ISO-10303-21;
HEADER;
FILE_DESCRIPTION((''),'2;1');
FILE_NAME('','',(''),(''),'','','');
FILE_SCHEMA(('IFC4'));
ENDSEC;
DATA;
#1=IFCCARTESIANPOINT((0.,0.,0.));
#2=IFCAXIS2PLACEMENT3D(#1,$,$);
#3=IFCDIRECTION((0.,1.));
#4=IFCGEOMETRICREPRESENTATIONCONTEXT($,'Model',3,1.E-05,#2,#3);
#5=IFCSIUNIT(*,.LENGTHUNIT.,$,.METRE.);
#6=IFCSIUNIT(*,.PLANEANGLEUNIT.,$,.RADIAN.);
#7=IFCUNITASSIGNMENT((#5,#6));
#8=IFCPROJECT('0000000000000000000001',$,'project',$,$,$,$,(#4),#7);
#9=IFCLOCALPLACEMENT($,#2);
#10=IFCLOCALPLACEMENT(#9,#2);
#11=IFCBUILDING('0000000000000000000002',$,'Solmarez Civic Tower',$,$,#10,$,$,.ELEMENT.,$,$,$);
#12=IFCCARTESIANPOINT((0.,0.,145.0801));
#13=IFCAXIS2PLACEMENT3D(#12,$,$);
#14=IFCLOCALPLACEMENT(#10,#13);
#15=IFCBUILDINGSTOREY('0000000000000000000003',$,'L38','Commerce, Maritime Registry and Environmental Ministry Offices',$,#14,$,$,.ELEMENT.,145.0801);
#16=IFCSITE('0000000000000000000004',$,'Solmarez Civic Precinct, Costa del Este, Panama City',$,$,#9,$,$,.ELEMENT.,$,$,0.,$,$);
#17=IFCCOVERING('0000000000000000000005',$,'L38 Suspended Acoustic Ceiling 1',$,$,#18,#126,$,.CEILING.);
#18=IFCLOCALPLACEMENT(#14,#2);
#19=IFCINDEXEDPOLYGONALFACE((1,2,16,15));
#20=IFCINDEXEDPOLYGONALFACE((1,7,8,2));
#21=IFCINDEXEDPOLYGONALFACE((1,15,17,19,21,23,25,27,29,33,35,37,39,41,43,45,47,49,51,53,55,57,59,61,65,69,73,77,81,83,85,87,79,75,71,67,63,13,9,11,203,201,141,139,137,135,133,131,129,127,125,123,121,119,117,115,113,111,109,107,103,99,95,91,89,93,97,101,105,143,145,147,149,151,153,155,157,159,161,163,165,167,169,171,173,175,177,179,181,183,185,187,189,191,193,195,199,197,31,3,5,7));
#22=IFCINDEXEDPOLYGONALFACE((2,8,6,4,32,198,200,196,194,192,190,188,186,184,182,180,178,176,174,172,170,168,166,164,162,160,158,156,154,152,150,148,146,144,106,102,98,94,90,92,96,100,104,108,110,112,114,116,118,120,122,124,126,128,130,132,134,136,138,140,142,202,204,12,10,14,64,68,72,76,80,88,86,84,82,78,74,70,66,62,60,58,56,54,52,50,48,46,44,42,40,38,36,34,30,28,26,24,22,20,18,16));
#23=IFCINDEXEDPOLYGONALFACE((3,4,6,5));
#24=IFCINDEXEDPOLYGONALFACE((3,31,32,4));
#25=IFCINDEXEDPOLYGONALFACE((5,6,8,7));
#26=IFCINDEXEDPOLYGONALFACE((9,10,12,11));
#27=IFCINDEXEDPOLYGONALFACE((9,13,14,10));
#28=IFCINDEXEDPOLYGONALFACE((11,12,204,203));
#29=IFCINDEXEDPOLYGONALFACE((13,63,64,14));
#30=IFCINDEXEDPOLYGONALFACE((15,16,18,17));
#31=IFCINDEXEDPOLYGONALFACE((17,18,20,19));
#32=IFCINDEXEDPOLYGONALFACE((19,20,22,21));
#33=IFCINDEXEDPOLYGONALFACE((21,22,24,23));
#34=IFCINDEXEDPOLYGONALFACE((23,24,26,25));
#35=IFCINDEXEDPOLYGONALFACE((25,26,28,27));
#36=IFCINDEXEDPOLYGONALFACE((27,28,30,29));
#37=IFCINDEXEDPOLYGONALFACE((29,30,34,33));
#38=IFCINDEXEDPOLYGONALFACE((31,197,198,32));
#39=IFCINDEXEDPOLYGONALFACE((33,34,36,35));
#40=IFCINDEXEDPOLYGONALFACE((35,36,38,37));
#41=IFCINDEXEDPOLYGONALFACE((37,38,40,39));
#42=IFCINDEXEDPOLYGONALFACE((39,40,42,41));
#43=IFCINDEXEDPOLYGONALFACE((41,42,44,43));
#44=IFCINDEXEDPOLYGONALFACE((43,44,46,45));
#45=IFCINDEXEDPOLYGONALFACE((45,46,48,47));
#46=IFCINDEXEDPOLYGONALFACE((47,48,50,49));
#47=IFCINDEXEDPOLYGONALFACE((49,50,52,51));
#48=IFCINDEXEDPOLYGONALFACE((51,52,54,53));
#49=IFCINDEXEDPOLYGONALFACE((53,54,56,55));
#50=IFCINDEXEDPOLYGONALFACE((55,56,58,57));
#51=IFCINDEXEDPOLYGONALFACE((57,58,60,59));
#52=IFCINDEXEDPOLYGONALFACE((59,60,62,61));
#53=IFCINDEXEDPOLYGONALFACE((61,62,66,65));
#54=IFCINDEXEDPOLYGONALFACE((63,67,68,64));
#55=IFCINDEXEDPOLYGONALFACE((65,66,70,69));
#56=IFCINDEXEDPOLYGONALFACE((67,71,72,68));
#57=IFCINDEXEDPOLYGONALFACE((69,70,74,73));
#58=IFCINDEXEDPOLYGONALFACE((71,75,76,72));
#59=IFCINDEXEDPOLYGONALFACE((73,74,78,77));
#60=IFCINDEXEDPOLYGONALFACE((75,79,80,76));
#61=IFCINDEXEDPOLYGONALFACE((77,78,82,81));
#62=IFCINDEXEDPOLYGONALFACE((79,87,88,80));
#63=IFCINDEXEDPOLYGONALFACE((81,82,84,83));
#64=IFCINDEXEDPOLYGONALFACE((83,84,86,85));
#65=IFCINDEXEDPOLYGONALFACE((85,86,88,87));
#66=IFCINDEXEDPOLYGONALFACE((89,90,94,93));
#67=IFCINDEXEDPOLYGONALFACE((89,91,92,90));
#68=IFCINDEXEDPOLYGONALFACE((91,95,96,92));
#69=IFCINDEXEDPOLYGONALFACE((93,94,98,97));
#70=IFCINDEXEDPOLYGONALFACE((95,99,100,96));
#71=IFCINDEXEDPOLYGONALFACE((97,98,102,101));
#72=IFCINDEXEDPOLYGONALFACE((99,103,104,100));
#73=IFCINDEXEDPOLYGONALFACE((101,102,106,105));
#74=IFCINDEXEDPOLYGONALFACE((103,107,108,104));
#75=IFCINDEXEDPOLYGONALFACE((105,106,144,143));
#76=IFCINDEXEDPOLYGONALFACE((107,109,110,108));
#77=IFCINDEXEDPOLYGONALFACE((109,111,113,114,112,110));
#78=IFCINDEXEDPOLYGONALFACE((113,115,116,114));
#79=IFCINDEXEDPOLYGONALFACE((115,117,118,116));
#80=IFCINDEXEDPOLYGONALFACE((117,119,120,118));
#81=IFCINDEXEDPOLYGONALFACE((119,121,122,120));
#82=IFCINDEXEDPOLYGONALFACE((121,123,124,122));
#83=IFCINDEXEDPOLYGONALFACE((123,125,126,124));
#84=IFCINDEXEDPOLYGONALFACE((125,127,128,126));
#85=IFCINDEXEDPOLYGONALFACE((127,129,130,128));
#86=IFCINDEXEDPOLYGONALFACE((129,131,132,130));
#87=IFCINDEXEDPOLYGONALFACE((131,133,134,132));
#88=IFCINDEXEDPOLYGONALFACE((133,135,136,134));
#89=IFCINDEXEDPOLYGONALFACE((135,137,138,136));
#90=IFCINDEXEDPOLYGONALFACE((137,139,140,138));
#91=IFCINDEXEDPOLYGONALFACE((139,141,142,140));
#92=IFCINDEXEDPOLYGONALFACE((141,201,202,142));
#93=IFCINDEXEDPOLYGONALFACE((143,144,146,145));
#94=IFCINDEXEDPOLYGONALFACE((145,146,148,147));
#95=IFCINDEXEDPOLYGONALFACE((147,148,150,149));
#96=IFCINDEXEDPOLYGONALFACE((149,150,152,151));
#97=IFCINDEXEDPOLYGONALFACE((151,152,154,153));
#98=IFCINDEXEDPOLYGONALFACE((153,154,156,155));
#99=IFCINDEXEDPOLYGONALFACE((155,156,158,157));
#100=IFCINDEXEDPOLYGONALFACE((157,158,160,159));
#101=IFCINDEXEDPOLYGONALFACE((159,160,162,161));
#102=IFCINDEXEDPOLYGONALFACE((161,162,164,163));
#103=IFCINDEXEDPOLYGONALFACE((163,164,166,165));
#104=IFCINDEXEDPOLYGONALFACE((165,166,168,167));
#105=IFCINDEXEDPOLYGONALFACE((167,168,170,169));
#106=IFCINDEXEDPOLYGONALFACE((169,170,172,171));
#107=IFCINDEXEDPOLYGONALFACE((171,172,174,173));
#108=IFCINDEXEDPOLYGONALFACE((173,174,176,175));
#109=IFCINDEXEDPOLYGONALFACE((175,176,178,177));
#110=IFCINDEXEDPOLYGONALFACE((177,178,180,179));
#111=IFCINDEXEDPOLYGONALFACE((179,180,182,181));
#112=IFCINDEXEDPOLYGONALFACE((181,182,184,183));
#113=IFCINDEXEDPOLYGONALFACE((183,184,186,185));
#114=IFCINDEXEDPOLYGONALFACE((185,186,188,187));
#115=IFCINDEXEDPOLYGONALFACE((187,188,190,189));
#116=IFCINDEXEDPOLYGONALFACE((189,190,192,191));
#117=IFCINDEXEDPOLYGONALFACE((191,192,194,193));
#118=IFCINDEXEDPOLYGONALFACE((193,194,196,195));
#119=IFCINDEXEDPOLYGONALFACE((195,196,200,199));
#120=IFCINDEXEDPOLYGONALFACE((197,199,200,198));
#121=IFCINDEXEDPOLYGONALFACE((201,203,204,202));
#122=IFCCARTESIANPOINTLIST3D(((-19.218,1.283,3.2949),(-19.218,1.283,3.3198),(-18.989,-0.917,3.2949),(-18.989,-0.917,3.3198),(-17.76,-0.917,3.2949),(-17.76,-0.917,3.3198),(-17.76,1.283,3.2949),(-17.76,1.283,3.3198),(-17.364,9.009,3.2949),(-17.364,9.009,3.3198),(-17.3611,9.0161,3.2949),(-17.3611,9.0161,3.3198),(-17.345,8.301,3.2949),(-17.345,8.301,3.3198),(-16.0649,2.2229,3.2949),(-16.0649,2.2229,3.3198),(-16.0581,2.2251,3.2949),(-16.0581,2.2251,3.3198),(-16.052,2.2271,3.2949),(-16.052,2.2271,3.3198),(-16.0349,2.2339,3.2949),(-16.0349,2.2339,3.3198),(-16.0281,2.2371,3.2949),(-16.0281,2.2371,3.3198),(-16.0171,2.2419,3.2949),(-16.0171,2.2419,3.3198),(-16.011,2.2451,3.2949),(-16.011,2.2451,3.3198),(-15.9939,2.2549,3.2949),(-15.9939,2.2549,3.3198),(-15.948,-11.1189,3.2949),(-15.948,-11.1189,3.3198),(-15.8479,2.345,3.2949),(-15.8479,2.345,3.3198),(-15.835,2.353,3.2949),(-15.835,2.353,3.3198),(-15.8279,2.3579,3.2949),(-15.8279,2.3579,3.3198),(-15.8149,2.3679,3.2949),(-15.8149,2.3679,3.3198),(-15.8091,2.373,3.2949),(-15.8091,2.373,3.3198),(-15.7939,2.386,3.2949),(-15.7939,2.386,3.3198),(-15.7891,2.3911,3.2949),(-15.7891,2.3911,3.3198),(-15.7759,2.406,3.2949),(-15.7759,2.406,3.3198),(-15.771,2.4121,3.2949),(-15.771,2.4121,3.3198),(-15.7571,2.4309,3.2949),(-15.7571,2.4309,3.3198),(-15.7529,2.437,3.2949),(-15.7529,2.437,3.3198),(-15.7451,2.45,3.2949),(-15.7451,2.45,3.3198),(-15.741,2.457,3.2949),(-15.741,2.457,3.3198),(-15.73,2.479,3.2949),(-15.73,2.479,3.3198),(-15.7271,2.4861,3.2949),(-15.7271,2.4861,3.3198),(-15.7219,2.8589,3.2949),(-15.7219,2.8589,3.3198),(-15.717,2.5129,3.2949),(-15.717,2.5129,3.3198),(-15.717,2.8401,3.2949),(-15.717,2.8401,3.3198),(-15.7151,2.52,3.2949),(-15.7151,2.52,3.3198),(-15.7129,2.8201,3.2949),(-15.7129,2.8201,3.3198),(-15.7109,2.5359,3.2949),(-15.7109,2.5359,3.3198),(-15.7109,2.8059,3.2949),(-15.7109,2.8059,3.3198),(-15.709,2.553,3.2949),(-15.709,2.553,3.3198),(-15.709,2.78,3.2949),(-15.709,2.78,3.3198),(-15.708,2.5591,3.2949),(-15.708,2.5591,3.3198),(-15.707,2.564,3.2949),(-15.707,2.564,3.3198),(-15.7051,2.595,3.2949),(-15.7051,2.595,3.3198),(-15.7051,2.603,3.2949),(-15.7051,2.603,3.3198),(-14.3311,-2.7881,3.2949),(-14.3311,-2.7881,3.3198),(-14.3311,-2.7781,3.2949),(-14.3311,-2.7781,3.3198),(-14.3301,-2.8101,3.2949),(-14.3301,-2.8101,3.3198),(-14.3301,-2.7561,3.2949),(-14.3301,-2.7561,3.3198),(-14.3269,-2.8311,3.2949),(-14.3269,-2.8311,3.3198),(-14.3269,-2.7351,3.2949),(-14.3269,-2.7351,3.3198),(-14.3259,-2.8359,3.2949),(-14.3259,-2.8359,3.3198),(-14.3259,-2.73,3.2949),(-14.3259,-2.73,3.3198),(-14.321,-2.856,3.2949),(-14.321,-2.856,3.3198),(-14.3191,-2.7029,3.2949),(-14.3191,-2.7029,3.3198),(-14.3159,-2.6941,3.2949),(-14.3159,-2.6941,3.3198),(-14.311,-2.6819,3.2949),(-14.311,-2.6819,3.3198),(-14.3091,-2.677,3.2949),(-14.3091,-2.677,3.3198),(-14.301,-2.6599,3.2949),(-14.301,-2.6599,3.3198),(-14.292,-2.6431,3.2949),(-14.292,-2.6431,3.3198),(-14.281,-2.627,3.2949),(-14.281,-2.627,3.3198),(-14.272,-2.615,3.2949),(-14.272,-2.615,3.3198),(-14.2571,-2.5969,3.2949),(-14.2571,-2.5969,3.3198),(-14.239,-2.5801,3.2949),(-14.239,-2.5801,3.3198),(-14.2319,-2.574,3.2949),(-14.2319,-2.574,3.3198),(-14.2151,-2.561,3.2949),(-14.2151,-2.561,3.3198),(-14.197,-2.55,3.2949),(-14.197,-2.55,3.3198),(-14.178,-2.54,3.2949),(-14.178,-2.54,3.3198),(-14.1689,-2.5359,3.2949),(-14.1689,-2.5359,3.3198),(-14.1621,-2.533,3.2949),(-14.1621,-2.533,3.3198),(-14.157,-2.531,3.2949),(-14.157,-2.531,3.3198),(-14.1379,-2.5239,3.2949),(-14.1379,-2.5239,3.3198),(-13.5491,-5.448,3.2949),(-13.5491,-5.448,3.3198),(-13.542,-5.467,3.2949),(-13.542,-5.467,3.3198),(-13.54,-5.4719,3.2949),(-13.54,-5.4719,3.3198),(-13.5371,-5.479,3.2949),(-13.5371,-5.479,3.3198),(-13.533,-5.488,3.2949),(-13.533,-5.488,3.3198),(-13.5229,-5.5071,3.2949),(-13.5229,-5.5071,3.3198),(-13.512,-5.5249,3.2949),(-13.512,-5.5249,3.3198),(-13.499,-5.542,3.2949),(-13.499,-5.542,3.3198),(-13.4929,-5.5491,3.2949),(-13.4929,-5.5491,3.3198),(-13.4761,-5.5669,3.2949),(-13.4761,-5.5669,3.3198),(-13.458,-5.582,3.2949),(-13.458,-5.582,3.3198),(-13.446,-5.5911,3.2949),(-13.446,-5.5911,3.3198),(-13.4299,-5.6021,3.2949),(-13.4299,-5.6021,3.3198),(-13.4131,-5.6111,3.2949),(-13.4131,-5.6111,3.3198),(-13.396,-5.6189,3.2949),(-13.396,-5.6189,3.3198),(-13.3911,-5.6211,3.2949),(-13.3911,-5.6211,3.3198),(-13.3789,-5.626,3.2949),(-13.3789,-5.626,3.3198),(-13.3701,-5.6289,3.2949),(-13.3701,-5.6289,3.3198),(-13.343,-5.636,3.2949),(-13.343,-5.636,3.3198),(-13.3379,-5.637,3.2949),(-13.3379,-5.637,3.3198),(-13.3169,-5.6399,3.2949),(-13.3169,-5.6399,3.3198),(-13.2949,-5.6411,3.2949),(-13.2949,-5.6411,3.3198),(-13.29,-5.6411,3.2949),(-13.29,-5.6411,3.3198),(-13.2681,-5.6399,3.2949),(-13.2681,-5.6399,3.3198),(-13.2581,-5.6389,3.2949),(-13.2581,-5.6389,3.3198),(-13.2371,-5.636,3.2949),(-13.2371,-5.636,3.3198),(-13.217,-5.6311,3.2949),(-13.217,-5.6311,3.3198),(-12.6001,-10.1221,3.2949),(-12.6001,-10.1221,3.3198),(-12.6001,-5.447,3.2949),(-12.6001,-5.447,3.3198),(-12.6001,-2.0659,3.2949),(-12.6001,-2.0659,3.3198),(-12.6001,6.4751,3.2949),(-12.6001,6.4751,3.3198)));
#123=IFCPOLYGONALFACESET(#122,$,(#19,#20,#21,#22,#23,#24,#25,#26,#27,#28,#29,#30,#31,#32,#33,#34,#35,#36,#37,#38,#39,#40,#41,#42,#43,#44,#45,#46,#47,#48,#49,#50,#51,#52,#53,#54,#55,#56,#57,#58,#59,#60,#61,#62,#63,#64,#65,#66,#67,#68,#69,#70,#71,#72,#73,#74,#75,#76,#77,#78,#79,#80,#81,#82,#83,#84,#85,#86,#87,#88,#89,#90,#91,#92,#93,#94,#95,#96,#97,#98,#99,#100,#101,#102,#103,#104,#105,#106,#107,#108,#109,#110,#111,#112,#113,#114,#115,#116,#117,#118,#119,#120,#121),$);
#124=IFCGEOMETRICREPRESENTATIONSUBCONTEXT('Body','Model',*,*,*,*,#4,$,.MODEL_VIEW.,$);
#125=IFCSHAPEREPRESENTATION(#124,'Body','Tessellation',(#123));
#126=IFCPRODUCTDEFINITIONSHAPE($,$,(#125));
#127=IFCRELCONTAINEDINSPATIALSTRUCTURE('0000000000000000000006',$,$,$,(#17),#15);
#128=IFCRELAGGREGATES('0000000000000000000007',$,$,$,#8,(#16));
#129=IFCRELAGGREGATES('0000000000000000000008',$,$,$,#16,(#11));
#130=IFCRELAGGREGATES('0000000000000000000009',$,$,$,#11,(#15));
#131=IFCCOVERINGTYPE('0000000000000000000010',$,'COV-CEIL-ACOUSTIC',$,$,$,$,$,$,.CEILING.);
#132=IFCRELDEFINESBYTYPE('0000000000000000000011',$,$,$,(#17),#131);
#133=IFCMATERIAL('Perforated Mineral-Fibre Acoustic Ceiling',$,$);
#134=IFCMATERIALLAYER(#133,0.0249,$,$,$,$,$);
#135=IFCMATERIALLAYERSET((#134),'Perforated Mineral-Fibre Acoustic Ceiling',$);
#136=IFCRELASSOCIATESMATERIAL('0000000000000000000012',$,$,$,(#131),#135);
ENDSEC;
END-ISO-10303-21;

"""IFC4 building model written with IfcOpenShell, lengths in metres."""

from ifc_helpers import new_model, si_unit, direction, frame, origin, place, context, subcontext, project, spatial, polyline, outline, extrude, material, layer, layer_set, type_object, element, save


model = new_model("IFC4")

# Units and contexts
model_context = context("Model", 3, precision=1e-05, world=origin(), true_north=direction((0.0, 1.0)))
body_context = subcontext(model_context, "Body", "Model", "MODEL_VIEW")
ifc_project = project(units=[si_unit("LENGTHUNIT", "METRE"), si_unit("PLANEANGLEUNIT", "RADIAN")], contexts=[model_context])

# Site, building, storey
site_placement = place(None, origin())
site = spatial("IfcSite", under=ifc_project, at=site_placement, Name="Solmarez Civic Precinct, Costa del Este, Panama City", CompositionType="ELEMENT", RefElevation=0.0)
building_placement = place(site_placement, origin())
building = spatial("IfcBuilding", under=site, at=building_placement, Name="Solmarez Civic Tower", CompositionType="ELEMENT")
storey_placement = place(building_placement, frame((0.0, 0.0, 145.0801)))
storey = spatial("IfcBuildingStorey", under=building, at=storey_placement, Name="L38", Description="Commerce, Maritime Registry and Environmental Ministry Offices", CompositionType="ELEMENT", Elevation=145.0801)

# Covering
ifc_material_1 = material(Name="Perforated Mineral-Fibre Acoustic Ceiling")
ifc_layer_1 = layer(ifc_material_1, 0.0249)
ifc_layer_set_1 = layer_set([ifc_layer_1], Name="Perforated Mineral-Fibre Acoustic Ceiling")
covering_type_1 = type_object("IfcCoveringType", Name="COV-CEIL-ACOUSTIC", PredefinedType="CEILING", material=ifc_layer_set_1)
covering_1_placement = place(storey_placement, frame((0.0, 0.0, 3.2949)))
element("IfcCovering", 1, at=covering_1_placement, inside=storey, type_object=covering_type_1, Name="L38 Suspended Acoustic Ceiling 1", PredefinedType="CEILING", context=body_context, shape_type="SweptSolid", body=[
    extrude(outline(polyline([(-15.948, -11.1189), (-12.6001, -10.1221), (-12.6001, -5.447), (-13.217, -5.6311), (-13.2371, -5.636), (-13.2581, -5.6389), (-13.2681, -5.6399), (-13.29, -5.6411), (-13.2949, -5.6411), (-13.3169, -5.6399), (-13.3379, -5.637), (-13.343, -5.636), (-13.3701, -5.6289), (-13.3789, -5.626), (-13.3911, -5.6211), (-13.396, -5.6189), (-13.4131, -5.6111), (-13.4299, -5.6021), (-13.446, -5.5911), (-13.458, -5.582), (-13.4761, -5.5669), (-13.4929, -5.5491), (-13.499, -5.542), (-13.512, -5.5249), (-13.5229, -5.5071), (-13.533, -5.488), (-13.5371, -5.479), (-13.54, -5.4719), (-13.542, -5.467), (-13.5491, -5.448), (-14.321, -2.856), (-14.3259, -2.8359), (-14.3269, -2.8311), (-14.3301, -2.8101), (-14.3311, -2.7881), (-14.3311, -2.7781), (-14.3301, -2.7561), (-14.3269, -2.7351), (-14.3259, -2.73), (-14.3191, -2.7029), (-14.3159, -2.6941), (-14.311, -2.6819), (-14.3091, -2.677), (-14.301, -2.6599), (-14.292, -2.6431), (-14.281, -2.627), (-14.272, -2.615), (-14.2571, -2.5969), (-14.239, -2.5801), (-14.2319, -2.574), (-14.2151, -2.561), (-14.197, -2.55), (-14.178, -2.54), (-14.1689, -2.5359), (-14.1621, -2.533), (-14.157, -2.531), (-14.1379, -2.5239), (-12.6001, -2.0659), (-12.6001, 6.4751), (-17.3611, 9.0161), (-17.364, 9.009), (-17.345, 8.301), (-15.7219, 2.8589), (-15.717, 2.8401), (-15.7129, 2.8201), (-15.7109, 2.8059), (-15.709, 2.78), (-15.7051, 2.603), (-15.7051, 2.595), (-15.707, 2.564), (-15.708, 2.5591), (-15.709, 2.553), (-15.7109, 2.5359), (-15.7151, 2.52), (-15.717, 2.5129), (-15.7271, 2.4861), (-15.73, 2.479), (-15.741, 2.457), (-15.7451, 2.45), (-15.7529, 2.437), (-15.7571, 2.4309), (-15.771, 2.4121), (-15.7759, 2.406), (-15.7891, 2.3911), (-15.7939, 2.386), (-15.8091, 2.373), (-15.8149, 2.3679), (-15.8279, 2.3579), (-15.835, 2.353), (-15.8479, 2.345), (-15.9939, 2.2549), (-16.011, 2.2451), (-16.0171, 2.2419), (-16.0281, 2.2371), (-16.0349, 2.2339), (-16.052, 2.2271), (-16.0581, 2.2251), (-16.0649, 2.2229), (-19.218, 1.283), (-17.76, 1.283), (-17.76, -0.917), (-18.989, -0.917), (-15.948, -11.1189)])), origin(), (0.0, 0.0, 1.0), 0.0249),
])

save(model, "model.ifc")
